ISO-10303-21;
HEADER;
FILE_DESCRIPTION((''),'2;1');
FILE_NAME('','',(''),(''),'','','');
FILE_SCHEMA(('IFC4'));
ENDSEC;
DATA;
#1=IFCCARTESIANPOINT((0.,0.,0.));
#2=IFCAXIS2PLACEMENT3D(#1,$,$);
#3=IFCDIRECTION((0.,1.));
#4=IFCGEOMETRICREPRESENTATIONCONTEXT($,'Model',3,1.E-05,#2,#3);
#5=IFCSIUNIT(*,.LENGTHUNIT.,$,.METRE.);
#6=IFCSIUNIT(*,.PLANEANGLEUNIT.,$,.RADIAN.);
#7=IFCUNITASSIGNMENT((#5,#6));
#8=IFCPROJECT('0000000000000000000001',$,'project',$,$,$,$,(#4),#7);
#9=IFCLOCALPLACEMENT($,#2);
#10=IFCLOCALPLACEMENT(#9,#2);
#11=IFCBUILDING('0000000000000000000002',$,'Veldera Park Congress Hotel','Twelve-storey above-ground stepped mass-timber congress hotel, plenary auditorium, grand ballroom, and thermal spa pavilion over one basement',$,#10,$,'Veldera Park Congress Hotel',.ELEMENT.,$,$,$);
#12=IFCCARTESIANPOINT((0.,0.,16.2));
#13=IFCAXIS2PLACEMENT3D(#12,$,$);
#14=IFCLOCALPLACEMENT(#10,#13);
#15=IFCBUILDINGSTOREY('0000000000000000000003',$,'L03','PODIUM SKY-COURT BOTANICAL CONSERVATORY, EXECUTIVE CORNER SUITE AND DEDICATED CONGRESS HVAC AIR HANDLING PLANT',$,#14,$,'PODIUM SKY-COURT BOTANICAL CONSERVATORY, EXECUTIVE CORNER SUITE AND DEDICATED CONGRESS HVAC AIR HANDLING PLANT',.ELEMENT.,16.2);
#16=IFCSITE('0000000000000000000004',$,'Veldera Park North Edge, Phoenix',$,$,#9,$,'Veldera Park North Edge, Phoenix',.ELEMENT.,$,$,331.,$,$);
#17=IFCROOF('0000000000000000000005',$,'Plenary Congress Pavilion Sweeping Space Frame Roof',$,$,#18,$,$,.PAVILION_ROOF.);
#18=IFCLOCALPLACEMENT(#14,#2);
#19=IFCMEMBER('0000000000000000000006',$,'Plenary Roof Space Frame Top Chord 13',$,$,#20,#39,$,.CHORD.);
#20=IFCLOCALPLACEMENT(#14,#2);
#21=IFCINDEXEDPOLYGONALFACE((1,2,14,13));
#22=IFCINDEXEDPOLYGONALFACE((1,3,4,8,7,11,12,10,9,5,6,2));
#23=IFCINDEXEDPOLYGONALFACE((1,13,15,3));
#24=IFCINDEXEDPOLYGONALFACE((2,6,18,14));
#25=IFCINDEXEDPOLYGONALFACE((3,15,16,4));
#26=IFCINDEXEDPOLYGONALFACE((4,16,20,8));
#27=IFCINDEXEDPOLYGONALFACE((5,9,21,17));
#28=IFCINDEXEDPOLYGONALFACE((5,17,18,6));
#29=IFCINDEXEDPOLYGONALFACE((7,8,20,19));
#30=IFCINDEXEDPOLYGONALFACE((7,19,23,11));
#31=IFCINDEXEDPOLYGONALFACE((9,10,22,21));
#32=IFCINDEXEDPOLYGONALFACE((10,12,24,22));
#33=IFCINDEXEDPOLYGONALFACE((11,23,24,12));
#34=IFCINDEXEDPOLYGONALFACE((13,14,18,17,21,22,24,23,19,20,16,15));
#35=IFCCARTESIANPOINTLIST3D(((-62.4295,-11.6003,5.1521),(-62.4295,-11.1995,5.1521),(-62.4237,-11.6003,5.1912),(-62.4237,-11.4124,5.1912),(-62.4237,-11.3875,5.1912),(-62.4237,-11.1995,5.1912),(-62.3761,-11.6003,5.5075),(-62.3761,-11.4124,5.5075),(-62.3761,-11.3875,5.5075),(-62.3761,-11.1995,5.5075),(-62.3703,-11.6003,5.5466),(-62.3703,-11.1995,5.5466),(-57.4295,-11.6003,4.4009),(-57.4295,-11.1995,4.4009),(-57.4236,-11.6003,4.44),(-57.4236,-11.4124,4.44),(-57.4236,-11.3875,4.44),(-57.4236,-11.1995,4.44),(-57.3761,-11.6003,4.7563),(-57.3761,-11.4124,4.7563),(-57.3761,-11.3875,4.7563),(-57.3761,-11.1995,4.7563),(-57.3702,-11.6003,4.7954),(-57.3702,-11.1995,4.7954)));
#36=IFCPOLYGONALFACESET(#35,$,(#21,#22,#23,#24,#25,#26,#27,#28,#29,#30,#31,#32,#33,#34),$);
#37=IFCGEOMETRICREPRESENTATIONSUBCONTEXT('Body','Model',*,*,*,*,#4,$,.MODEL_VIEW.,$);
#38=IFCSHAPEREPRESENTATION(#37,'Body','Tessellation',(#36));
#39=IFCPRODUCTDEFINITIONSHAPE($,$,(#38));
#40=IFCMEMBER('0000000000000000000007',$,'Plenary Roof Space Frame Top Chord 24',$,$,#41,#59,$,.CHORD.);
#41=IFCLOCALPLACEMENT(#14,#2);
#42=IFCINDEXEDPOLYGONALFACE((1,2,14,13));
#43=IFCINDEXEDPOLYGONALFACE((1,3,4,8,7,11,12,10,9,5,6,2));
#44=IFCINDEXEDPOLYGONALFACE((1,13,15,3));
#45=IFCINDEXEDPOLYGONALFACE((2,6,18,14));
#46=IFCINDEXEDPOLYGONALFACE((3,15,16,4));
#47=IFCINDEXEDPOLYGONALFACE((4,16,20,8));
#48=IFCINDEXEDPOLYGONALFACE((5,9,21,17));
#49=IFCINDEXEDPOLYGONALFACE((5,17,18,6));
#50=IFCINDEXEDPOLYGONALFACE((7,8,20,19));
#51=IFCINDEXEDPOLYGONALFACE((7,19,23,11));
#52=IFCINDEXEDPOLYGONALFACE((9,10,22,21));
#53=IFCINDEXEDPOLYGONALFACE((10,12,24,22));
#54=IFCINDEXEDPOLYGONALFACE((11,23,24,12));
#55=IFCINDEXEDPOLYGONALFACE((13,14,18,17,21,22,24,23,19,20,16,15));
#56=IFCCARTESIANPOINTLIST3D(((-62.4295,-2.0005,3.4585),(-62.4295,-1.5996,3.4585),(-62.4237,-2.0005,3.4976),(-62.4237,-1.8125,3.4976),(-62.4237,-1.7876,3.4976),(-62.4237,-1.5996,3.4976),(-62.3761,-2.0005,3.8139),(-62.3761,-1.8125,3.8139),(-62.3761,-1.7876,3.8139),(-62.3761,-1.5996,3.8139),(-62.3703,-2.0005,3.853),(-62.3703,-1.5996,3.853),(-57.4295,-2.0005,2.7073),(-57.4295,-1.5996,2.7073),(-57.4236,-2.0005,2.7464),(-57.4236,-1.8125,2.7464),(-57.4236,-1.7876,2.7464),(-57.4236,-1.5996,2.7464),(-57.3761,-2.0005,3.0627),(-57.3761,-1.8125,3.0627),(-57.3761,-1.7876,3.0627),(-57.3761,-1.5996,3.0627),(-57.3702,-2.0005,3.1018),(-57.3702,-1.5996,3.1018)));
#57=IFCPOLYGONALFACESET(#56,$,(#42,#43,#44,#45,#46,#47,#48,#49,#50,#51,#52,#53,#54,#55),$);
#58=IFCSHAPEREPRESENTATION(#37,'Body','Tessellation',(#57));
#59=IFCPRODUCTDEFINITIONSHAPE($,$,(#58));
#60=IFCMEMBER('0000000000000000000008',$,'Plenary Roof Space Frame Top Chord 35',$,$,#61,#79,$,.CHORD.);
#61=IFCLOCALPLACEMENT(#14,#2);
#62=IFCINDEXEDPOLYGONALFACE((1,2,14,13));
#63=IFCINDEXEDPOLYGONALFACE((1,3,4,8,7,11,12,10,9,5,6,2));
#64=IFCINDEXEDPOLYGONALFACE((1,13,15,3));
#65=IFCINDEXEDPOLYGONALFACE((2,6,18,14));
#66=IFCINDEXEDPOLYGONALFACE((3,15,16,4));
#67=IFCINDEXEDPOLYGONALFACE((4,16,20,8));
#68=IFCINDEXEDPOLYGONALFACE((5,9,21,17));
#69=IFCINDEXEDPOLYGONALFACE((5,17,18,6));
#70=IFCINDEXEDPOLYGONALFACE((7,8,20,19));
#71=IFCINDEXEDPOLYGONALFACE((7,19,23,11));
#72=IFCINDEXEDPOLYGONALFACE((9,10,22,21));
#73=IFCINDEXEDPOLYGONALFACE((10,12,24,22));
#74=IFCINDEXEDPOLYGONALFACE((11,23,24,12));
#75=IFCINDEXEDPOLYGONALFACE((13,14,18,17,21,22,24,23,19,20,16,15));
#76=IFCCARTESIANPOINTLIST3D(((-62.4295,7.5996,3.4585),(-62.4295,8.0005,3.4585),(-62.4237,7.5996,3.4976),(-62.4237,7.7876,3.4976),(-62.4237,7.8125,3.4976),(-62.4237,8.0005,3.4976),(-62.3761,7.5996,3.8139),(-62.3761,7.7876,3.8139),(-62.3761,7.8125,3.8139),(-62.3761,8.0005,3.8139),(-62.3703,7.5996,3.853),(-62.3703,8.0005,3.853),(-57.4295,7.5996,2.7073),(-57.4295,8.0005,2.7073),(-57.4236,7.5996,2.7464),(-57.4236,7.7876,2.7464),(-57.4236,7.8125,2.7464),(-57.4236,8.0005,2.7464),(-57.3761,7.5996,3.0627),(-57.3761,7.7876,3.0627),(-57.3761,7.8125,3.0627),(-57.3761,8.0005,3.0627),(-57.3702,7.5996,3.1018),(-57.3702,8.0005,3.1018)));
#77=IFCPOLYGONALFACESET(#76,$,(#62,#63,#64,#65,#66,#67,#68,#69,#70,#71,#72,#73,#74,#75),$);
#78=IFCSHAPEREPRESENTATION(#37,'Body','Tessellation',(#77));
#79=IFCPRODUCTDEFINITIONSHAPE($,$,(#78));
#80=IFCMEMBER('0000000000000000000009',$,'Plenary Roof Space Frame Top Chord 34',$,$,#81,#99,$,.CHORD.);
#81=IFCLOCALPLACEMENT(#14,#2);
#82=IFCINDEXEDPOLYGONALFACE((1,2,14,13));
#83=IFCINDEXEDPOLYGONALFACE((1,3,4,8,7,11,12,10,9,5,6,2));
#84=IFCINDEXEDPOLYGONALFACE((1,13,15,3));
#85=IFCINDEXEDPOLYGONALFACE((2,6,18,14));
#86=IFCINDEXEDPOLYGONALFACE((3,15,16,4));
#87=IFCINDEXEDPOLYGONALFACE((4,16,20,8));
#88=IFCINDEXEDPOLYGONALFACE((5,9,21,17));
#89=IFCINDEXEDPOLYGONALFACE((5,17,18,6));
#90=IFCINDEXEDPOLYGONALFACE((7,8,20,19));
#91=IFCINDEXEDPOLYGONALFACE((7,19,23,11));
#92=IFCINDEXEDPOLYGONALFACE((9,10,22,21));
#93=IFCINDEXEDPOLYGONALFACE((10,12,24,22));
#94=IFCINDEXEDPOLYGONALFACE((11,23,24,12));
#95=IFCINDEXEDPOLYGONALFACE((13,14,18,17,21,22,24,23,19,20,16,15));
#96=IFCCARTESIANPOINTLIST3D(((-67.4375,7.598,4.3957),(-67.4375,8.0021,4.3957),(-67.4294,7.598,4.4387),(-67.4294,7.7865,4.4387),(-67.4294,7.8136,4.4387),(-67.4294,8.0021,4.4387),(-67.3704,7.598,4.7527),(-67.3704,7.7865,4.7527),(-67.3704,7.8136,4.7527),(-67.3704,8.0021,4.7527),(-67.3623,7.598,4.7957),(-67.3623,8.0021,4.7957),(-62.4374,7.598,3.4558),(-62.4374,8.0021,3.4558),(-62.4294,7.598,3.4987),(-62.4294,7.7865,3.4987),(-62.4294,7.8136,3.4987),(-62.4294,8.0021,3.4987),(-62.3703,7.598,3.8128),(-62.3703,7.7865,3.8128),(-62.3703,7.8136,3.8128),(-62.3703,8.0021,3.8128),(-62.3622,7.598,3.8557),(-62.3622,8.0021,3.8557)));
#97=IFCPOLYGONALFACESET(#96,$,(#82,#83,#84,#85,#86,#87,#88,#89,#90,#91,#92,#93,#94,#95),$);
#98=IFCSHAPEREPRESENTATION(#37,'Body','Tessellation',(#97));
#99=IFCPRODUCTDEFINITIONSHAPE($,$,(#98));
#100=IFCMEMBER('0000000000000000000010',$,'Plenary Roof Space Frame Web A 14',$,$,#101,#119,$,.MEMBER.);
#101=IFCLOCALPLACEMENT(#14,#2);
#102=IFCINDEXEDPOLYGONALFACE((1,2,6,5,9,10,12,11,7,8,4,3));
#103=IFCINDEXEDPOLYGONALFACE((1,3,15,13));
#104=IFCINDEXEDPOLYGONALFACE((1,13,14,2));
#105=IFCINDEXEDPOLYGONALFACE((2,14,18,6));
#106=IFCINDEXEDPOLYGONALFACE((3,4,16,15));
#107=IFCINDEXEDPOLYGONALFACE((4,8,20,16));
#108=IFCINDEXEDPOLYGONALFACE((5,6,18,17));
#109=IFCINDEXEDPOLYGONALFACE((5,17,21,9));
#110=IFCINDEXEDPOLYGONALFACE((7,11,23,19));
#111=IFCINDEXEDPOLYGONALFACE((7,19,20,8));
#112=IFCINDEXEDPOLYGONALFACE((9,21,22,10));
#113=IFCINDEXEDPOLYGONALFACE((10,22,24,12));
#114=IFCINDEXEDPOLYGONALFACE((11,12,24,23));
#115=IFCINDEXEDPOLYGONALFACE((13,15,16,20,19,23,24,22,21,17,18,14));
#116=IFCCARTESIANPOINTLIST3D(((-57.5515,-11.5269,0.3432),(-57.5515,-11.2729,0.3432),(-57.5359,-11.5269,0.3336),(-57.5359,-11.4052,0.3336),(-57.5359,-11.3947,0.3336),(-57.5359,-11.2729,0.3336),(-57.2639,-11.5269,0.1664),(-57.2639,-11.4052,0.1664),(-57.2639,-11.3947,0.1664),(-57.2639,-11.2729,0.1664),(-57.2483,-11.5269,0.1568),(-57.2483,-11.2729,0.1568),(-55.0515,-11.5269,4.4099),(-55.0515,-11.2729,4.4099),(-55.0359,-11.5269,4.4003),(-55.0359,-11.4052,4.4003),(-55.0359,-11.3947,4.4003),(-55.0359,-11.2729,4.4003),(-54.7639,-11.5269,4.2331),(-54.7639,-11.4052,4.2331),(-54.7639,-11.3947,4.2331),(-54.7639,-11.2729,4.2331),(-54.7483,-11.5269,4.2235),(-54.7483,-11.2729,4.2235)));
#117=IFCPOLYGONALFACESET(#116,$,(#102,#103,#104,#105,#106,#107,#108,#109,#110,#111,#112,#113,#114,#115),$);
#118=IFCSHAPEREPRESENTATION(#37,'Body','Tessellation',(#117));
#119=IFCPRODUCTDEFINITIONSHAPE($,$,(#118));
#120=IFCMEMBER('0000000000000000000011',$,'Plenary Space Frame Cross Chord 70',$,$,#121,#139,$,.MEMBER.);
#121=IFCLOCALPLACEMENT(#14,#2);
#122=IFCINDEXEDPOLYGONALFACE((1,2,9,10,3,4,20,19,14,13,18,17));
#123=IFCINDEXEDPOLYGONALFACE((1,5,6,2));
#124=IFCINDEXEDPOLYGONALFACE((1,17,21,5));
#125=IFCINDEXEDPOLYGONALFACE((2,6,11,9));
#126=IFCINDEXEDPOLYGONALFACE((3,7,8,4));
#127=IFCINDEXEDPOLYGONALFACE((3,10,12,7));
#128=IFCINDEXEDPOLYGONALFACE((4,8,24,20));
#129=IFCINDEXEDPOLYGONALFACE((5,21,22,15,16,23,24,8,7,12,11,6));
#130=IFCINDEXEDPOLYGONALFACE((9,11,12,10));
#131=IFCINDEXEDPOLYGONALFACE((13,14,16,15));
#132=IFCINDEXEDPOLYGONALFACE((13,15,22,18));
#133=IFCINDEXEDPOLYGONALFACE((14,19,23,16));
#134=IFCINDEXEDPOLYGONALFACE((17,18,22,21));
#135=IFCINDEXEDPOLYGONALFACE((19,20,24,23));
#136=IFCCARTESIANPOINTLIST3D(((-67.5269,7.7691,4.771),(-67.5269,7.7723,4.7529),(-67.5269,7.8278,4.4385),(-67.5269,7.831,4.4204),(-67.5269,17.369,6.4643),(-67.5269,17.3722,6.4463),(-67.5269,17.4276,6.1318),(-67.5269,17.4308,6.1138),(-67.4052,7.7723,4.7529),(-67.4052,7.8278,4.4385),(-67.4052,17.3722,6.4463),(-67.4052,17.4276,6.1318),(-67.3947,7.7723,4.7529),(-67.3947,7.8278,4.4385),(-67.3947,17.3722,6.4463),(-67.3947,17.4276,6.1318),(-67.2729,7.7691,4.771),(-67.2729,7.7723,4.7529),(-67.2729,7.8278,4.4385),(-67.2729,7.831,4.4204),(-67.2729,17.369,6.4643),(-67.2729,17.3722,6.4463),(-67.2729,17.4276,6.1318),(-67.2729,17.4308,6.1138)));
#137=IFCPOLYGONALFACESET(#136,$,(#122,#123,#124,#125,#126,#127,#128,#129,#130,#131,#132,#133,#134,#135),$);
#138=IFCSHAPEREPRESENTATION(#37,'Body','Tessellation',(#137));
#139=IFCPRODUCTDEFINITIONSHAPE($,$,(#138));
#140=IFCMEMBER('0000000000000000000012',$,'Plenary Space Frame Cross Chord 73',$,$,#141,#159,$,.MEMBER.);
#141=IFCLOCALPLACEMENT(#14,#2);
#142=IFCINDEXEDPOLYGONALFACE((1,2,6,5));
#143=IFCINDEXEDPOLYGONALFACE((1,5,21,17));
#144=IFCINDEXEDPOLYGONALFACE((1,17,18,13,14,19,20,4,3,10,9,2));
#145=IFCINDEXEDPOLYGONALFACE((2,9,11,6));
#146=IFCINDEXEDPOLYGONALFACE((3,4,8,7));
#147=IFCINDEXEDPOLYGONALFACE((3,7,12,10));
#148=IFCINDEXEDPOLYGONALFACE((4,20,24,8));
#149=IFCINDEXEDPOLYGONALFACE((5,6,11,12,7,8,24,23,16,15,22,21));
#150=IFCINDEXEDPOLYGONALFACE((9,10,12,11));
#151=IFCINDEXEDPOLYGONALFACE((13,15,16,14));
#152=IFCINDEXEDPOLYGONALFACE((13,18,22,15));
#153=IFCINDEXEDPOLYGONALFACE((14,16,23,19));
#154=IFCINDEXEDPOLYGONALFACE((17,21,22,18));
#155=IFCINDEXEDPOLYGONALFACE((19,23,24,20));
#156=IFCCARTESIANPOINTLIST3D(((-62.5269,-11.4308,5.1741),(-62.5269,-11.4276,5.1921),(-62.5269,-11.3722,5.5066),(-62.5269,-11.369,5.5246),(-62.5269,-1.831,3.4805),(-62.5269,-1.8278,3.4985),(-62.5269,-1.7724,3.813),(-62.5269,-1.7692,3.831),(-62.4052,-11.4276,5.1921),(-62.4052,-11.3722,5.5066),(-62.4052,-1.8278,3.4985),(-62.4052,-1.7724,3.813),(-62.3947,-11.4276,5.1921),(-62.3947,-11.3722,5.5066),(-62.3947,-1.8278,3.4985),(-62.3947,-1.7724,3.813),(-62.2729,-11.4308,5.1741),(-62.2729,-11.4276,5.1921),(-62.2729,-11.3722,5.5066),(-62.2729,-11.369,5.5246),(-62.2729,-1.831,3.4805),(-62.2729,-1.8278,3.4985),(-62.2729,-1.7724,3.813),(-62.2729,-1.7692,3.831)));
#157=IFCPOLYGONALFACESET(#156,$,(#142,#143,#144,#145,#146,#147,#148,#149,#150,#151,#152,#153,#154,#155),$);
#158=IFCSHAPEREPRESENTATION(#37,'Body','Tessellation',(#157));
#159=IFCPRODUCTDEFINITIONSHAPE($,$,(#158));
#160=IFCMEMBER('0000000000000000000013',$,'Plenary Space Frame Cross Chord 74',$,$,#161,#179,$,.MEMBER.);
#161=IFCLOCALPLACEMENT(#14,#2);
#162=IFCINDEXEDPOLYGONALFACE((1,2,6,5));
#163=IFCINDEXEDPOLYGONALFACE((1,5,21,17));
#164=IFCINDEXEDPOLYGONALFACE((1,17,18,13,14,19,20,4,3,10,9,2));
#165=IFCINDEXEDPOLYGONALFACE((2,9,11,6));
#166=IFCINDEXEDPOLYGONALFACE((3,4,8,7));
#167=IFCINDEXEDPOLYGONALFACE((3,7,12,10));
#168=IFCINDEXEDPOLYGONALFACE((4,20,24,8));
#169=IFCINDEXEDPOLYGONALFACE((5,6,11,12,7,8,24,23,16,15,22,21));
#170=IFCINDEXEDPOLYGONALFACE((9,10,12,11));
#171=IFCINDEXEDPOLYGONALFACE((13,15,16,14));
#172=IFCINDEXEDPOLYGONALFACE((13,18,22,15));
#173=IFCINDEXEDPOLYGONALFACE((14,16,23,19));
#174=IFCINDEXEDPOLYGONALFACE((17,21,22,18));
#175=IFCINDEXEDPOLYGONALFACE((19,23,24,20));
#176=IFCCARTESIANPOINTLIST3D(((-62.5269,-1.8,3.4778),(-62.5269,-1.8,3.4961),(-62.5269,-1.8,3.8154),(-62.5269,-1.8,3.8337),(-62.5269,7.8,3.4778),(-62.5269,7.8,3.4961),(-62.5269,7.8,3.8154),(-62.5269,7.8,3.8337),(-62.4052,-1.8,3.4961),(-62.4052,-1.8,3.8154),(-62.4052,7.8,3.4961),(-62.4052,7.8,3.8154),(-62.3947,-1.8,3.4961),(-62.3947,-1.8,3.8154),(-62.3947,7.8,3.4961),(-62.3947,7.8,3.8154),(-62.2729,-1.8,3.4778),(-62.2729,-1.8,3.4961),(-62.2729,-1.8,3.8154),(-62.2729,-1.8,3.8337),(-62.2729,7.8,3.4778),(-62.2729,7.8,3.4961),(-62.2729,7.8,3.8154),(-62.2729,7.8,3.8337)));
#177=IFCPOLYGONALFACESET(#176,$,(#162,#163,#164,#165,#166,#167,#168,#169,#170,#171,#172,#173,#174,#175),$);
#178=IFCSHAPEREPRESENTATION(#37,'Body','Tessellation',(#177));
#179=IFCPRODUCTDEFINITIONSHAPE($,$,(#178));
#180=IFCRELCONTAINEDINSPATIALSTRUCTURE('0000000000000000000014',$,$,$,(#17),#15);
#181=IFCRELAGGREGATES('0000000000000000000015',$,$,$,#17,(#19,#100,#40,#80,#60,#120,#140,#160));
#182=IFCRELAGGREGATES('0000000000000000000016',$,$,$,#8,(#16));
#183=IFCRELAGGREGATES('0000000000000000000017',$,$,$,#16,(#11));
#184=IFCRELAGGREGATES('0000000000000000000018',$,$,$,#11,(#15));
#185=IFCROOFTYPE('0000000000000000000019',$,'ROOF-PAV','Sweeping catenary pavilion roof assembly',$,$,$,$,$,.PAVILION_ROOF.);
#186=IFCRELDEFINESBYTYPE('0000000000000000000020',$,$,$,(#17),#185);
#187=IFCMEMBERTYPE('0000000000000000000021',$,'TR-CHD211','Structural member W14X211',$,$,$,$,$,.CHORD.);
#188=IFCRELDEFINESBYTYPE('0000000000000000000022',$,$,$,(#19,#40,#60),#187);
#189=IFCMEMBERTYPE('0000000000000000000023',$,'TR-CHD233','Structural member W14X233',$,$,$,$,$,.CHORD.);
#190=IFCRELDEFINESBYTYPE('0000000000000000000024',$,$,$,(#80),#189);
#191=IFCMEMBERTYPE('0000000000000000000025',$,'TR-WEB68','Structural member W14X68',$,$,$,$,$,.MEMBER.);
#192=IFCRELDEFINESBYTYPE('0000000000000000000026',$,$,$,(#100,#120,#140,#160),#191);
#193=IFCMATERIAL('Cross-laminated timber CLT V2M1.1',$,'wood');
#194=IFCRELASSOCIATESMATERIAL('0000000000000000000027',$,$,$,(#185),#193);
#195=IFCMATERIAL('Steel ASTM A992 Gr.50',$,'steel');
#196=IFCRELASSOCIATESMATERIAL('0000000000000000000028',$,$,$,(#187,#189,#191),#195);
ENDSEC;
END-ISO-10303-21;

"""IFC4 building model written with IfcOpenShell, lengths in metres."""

from ifc_helpers import new_model, si_unit, direction, frame, origin, origin_2d, place, context, subcontext, project, spatial, i_section, extrude, material, material_profile, profile_set, type_object, element, aggregate, save


model = new_model("IFC4")

# Units and contexts
model_context = context("Model", 3, precision=1e-05, world=origin(), true_north=direction((0.0, 1.0)))
body_context = subcontext(model_context, "Body", "Model", "MODEL_VIEW")
ifc_project = project(units=[si_unit("LENGTHUNIT", "METRE"), si_unit("PLANEANGLEUNIT", "RADIAN")], contexts=[model_context])

# Site, building, storey
site_placement = place(None, origin())
site = spatial("IfcSite", under=ifc_project, at=site_placement, Name="Veldera Park North Edge, Phoenix", LongName="Veldera Park North Edge, Phoenix", CompositionType="ELEMENT", RefElevation=331.0)
building_placement = place(site_placement, origin())
building = spatial("IfcBuilding", under=site, at=building_placement, Name="Veldera Park Congress Hotel", Description="Twelve-storey above-ground stepped mass-timber congress hotel, plenary auditorium, grand ballroom, and thermal spa pavilion over one basement", LongName="Veldera Park Congress Hotel", CompositionType="ELEMENT")
storey_placement = place(building_placement, frame((0.0, 0.0, 16.2)))
storey = spatial("IfcBuildingStorey", under=building, at=storey_placement, Name="L03", Description="PODIUM SKY-COURT BOTANICAL CONSERVATORY, EXECUTIVE CORNER SUITE AND DEDICATED CONGRESS HVAC AIR HANDLING PLANT", LongName="PODIUM SKY-COURT BOTANICAL CONSERVATORY, EXECUTIVE CORNER SUITE AND DEDICATED CONGRESS HVAC AIR HANDLING PLANT", CompositionType="ELEMENT", Elevation=16.2)

# Roof, members
ifc_material_1 = material(Name="Cross-laminated timber CLT V2M1.1", Category="wood")
roof_type = type_object("IfcRoofType", Name="ROOF-PAV", Description="Sweeping catenary pavilion roof assembly", PredefinedType="PAVILION_ROOF", material=ifc_material_1)
roof_placement = place(storey_placement, origin())
roof = element("IfcRoof", 1, at=roof_placement, inside=storey, type_object=roof_type, Name="Plenary Congress Pavilion Sweeping Space Frame Roof", PredefinedType="PAVILION_ROOF")
ifc_material_2 = material(Name="Steel ASTM A992 Gr.50", Category="steel")
ifc_material_profile_1 = material_profile(ifc_material_2, i_section(OverallWidth=0.4009, OverallDepth=0.3989, WebThickness=0.0249, FlangeThickness=0.0396, at=origin_2d()), Name="W14X211")
ifc_profile_set_1 = profile_set([ifc_material_profile_1], Name="Steel ASTM A992 Gr.50")
member_type_1 = type_object("IfcMemberType", Name="TR-CHD211", Description="Structural member W14X211", PredefinedType="CHORD", material=ifc_profile_set_1)
member_1_placement = place(storey_placement, frame((-62.3999, -11.3999, 5.3494), z_axis=(0.988901, 0.0, -0.148577), x_axis=(0.0, 1.0, 0.0)))
member_1 = element("IfcMember", 2, at=member_1_placement, type_object=member_type_1, Name="Plenary Roof Space Frame Top Chord 13", PredefinedType="CHORD", context=body_context, shape_type="SweptSolid", body=[
    extrude(i_section(OverallWidth=0.4009, OverallDepth=0.3989, WebThickness=0.0249, FlangeThickness=0.0396, at=origin_2d()), origin(), (0.0, 0.0, 1.0), 5.0562),
])
member_2_placement = place(storey_placement, frame((-62.3999, -1.8, 3.6558), z_axis=(0.988901, 0.0, -0.148577), x_axis=(0.0, 1.0, 0.0)))
member_2 = element("IfcMember", 3, at=member_2_placement, type_object=member_type_1, Name="Plenary Roof Space Frame Top Chord 24", PredefinedType="CHORD", context=body_context, shape_type="SweptSolid", body=[
    extrude(i_section(OverallWidth=0.4009, OverallDepth=0.3989, WebThickness=0.0249, FlangeThickness=0.0396, at=origin_2d()), origin(), (0.0, 0.0, 1.0), 5.0562),
])
member_3_placement = place(storey_placement, frame((-62.3999, 7.8, 3.6558), z_axis=(0.988901, 0.0, -0.148577), x_axis=(0.0, 1.0, 0.0)))
member_3 = element("IfcMember", 4, at=member_3_placement, type_object=member_type_1, Name="Plenary Roof Space Frame Top Chord 35", PredefinedType="CHORD", context=body_context, shape_type="SweptSolid", body=[
    extrude(i_section(OverallWidth=0.4009, OverallDepth=0.3989, WebThickness=0.0249, FlangeThickness=0.0396, at=origin_2d()), origin(), (0.0, 0.0, 1.0), 5.0562),
])
ifc_material_profile_2 = material_profile(ifc_material_2, i_section(OverallWidth=0.4041, OverallDepth=0.407, WebThickness=0.0271, FlangeThickness=0.0437, at=origin_2d()), Name="W14X233")
ifc_profile_set_2 = profile_set([ifc_material_profile_2], Name="Steel ASTM A992 Gr.50")
member_type_2 = type_object("IfcMemberType", Name="TR-CHD233", Description="Structural member W14X233", PredefinedType="CHORD", material=ifc_profile_set_2)
member_4_placement = place(storey_placement, frame((-67.3999, 7.8, 4.5957), z_axis=(0.982785, 0.0, -0.184752), x_axis=(0.0, 1.0, 0.0)))
member_4 = element("IfcMember", 5, at=member_4_placement, type_object=member_type_2, Name="Plenary Roof Space Frame Top Chord 34", PredefinedType="CHORD", context=body_context, shape_type="SweptSolid", body=[
    extrude(i_section(OverallWidth=0.4041, OverallDepth=0.407, WebThickness=0.0271, FlangeThickness=0.0437, at=origin_2d()), origin(), (0.0, 0.0, 1.0), 5.0876),
])
ifc_material_profile_3 = material_profile(ifc_material_2, i_section(OverallWidth=0.2539, OverallDepth=0.356, WebThickness=0.0105, FlangeThickness=0.0183, at=origin_2d()), Name="W14X68")
ifc_profile_set_3 = profile_set([ifc_material_profile_3], Name="Steel ASTM A992 Gr.50")
member_type_3 = type_object("IfcMemberType", Name="TR-WEB68", Description="Structural member W14X68", PredefinedType="MEMBER", material=ifc_profile_set_3)
member_5_placement = place(storey_placement, frame((-57.3999, -11.3999, 0.25), z_axis=(0.523709, 0.0, 0.851897), x_axis=(0.0, 1.0, 0.0)))
member_5 = element("IfcMember", 6, at=member_5_placement, type_object=member_type_3, Name="Plenary Roof Space Frame Web A 14", PredefinedType="MEMBER", context=body_context, shape_type="SweptSolid", body=[
    extrude(i_section(OverallWidth=0.2539, OverallDepth=0.356, WebThickness=0.0105, FlangeThickness=0.0183, at=origin_2d()), origin(), (0.0, 0.0, 1.0), 4.7737),
])
member_6_placement = place(storey_placement, frame((-67.3999, 7.8, 4.5957), z_axis=(0.0, 0.984796, 0.173712), x_axis=(-1.0, 0.0, 0.0)))
member_6 = element("IfcMember", 7, at=member_6_placement, type_object=member_type_3, Name="Plenary Space Frame Cross Chord 70", PredefinedType="MEMBER", context=body_context, shape_type="SweptSolid", body=[
    extrude(i_section(OverallWidth=0.2539, OverallDepth=0.356, WebThickness=0.0105, FlangeThickness=0.0183, at=origin_2d()), origin(), (0.0, 0.0, 1.0), 9.748),
])
member_7_placement = place(storey_placement, frame((-62.3999, -11.3999, 5.3494), z_axis=(0.0, 0.984792, -0.173737), x_axis=(-1.0, 0.0, 0.0)))
member_7 = element("IfcMember", 8, at=member_7_placement, type_object=member_type_3, Name="Plenary Space Frame Cross Chord 73", PredefinedType="MEMBER", context=body_context, shape_type="SweptSolid", body=[
    extrude(i_section(OverallWidth=0.2539, OverallDepth=0.356, WebThickness=0.0105, FlangeThickness=0.0183, at=origin_2d()), origin(), (0.0, 0.0, 1.0), 9.748),
])
member_8_placement = place(storey_placement, frame((-62.3999, -1.8, 3.6558), z_axis=(0.0, 1.0, 0.0), x_axis=(-1.0, 0.0, 0.0)))
member_8 = element("IfcMember", 9, at=member_8_placement, type_object=member_type_3, Name="Plenary Space Frame Cross Chord 74", PredefinedType="MEMBER", context=body_context, shape_type="SweptSolid", body=[
    extrude(i_section(OverallWidth=0.2539, OverallDepth=0.356, WebThickness=0.0105, FlangeThickness=0.0183, at=origin_2d()), origin(), (0.0, 0.0, 1.0), 9.6001),
])
aggregate(roof, [member_1, member_5, member_2, member_4, member_3, member_6, member_7, member_8])

save(model, "model.ifc")
